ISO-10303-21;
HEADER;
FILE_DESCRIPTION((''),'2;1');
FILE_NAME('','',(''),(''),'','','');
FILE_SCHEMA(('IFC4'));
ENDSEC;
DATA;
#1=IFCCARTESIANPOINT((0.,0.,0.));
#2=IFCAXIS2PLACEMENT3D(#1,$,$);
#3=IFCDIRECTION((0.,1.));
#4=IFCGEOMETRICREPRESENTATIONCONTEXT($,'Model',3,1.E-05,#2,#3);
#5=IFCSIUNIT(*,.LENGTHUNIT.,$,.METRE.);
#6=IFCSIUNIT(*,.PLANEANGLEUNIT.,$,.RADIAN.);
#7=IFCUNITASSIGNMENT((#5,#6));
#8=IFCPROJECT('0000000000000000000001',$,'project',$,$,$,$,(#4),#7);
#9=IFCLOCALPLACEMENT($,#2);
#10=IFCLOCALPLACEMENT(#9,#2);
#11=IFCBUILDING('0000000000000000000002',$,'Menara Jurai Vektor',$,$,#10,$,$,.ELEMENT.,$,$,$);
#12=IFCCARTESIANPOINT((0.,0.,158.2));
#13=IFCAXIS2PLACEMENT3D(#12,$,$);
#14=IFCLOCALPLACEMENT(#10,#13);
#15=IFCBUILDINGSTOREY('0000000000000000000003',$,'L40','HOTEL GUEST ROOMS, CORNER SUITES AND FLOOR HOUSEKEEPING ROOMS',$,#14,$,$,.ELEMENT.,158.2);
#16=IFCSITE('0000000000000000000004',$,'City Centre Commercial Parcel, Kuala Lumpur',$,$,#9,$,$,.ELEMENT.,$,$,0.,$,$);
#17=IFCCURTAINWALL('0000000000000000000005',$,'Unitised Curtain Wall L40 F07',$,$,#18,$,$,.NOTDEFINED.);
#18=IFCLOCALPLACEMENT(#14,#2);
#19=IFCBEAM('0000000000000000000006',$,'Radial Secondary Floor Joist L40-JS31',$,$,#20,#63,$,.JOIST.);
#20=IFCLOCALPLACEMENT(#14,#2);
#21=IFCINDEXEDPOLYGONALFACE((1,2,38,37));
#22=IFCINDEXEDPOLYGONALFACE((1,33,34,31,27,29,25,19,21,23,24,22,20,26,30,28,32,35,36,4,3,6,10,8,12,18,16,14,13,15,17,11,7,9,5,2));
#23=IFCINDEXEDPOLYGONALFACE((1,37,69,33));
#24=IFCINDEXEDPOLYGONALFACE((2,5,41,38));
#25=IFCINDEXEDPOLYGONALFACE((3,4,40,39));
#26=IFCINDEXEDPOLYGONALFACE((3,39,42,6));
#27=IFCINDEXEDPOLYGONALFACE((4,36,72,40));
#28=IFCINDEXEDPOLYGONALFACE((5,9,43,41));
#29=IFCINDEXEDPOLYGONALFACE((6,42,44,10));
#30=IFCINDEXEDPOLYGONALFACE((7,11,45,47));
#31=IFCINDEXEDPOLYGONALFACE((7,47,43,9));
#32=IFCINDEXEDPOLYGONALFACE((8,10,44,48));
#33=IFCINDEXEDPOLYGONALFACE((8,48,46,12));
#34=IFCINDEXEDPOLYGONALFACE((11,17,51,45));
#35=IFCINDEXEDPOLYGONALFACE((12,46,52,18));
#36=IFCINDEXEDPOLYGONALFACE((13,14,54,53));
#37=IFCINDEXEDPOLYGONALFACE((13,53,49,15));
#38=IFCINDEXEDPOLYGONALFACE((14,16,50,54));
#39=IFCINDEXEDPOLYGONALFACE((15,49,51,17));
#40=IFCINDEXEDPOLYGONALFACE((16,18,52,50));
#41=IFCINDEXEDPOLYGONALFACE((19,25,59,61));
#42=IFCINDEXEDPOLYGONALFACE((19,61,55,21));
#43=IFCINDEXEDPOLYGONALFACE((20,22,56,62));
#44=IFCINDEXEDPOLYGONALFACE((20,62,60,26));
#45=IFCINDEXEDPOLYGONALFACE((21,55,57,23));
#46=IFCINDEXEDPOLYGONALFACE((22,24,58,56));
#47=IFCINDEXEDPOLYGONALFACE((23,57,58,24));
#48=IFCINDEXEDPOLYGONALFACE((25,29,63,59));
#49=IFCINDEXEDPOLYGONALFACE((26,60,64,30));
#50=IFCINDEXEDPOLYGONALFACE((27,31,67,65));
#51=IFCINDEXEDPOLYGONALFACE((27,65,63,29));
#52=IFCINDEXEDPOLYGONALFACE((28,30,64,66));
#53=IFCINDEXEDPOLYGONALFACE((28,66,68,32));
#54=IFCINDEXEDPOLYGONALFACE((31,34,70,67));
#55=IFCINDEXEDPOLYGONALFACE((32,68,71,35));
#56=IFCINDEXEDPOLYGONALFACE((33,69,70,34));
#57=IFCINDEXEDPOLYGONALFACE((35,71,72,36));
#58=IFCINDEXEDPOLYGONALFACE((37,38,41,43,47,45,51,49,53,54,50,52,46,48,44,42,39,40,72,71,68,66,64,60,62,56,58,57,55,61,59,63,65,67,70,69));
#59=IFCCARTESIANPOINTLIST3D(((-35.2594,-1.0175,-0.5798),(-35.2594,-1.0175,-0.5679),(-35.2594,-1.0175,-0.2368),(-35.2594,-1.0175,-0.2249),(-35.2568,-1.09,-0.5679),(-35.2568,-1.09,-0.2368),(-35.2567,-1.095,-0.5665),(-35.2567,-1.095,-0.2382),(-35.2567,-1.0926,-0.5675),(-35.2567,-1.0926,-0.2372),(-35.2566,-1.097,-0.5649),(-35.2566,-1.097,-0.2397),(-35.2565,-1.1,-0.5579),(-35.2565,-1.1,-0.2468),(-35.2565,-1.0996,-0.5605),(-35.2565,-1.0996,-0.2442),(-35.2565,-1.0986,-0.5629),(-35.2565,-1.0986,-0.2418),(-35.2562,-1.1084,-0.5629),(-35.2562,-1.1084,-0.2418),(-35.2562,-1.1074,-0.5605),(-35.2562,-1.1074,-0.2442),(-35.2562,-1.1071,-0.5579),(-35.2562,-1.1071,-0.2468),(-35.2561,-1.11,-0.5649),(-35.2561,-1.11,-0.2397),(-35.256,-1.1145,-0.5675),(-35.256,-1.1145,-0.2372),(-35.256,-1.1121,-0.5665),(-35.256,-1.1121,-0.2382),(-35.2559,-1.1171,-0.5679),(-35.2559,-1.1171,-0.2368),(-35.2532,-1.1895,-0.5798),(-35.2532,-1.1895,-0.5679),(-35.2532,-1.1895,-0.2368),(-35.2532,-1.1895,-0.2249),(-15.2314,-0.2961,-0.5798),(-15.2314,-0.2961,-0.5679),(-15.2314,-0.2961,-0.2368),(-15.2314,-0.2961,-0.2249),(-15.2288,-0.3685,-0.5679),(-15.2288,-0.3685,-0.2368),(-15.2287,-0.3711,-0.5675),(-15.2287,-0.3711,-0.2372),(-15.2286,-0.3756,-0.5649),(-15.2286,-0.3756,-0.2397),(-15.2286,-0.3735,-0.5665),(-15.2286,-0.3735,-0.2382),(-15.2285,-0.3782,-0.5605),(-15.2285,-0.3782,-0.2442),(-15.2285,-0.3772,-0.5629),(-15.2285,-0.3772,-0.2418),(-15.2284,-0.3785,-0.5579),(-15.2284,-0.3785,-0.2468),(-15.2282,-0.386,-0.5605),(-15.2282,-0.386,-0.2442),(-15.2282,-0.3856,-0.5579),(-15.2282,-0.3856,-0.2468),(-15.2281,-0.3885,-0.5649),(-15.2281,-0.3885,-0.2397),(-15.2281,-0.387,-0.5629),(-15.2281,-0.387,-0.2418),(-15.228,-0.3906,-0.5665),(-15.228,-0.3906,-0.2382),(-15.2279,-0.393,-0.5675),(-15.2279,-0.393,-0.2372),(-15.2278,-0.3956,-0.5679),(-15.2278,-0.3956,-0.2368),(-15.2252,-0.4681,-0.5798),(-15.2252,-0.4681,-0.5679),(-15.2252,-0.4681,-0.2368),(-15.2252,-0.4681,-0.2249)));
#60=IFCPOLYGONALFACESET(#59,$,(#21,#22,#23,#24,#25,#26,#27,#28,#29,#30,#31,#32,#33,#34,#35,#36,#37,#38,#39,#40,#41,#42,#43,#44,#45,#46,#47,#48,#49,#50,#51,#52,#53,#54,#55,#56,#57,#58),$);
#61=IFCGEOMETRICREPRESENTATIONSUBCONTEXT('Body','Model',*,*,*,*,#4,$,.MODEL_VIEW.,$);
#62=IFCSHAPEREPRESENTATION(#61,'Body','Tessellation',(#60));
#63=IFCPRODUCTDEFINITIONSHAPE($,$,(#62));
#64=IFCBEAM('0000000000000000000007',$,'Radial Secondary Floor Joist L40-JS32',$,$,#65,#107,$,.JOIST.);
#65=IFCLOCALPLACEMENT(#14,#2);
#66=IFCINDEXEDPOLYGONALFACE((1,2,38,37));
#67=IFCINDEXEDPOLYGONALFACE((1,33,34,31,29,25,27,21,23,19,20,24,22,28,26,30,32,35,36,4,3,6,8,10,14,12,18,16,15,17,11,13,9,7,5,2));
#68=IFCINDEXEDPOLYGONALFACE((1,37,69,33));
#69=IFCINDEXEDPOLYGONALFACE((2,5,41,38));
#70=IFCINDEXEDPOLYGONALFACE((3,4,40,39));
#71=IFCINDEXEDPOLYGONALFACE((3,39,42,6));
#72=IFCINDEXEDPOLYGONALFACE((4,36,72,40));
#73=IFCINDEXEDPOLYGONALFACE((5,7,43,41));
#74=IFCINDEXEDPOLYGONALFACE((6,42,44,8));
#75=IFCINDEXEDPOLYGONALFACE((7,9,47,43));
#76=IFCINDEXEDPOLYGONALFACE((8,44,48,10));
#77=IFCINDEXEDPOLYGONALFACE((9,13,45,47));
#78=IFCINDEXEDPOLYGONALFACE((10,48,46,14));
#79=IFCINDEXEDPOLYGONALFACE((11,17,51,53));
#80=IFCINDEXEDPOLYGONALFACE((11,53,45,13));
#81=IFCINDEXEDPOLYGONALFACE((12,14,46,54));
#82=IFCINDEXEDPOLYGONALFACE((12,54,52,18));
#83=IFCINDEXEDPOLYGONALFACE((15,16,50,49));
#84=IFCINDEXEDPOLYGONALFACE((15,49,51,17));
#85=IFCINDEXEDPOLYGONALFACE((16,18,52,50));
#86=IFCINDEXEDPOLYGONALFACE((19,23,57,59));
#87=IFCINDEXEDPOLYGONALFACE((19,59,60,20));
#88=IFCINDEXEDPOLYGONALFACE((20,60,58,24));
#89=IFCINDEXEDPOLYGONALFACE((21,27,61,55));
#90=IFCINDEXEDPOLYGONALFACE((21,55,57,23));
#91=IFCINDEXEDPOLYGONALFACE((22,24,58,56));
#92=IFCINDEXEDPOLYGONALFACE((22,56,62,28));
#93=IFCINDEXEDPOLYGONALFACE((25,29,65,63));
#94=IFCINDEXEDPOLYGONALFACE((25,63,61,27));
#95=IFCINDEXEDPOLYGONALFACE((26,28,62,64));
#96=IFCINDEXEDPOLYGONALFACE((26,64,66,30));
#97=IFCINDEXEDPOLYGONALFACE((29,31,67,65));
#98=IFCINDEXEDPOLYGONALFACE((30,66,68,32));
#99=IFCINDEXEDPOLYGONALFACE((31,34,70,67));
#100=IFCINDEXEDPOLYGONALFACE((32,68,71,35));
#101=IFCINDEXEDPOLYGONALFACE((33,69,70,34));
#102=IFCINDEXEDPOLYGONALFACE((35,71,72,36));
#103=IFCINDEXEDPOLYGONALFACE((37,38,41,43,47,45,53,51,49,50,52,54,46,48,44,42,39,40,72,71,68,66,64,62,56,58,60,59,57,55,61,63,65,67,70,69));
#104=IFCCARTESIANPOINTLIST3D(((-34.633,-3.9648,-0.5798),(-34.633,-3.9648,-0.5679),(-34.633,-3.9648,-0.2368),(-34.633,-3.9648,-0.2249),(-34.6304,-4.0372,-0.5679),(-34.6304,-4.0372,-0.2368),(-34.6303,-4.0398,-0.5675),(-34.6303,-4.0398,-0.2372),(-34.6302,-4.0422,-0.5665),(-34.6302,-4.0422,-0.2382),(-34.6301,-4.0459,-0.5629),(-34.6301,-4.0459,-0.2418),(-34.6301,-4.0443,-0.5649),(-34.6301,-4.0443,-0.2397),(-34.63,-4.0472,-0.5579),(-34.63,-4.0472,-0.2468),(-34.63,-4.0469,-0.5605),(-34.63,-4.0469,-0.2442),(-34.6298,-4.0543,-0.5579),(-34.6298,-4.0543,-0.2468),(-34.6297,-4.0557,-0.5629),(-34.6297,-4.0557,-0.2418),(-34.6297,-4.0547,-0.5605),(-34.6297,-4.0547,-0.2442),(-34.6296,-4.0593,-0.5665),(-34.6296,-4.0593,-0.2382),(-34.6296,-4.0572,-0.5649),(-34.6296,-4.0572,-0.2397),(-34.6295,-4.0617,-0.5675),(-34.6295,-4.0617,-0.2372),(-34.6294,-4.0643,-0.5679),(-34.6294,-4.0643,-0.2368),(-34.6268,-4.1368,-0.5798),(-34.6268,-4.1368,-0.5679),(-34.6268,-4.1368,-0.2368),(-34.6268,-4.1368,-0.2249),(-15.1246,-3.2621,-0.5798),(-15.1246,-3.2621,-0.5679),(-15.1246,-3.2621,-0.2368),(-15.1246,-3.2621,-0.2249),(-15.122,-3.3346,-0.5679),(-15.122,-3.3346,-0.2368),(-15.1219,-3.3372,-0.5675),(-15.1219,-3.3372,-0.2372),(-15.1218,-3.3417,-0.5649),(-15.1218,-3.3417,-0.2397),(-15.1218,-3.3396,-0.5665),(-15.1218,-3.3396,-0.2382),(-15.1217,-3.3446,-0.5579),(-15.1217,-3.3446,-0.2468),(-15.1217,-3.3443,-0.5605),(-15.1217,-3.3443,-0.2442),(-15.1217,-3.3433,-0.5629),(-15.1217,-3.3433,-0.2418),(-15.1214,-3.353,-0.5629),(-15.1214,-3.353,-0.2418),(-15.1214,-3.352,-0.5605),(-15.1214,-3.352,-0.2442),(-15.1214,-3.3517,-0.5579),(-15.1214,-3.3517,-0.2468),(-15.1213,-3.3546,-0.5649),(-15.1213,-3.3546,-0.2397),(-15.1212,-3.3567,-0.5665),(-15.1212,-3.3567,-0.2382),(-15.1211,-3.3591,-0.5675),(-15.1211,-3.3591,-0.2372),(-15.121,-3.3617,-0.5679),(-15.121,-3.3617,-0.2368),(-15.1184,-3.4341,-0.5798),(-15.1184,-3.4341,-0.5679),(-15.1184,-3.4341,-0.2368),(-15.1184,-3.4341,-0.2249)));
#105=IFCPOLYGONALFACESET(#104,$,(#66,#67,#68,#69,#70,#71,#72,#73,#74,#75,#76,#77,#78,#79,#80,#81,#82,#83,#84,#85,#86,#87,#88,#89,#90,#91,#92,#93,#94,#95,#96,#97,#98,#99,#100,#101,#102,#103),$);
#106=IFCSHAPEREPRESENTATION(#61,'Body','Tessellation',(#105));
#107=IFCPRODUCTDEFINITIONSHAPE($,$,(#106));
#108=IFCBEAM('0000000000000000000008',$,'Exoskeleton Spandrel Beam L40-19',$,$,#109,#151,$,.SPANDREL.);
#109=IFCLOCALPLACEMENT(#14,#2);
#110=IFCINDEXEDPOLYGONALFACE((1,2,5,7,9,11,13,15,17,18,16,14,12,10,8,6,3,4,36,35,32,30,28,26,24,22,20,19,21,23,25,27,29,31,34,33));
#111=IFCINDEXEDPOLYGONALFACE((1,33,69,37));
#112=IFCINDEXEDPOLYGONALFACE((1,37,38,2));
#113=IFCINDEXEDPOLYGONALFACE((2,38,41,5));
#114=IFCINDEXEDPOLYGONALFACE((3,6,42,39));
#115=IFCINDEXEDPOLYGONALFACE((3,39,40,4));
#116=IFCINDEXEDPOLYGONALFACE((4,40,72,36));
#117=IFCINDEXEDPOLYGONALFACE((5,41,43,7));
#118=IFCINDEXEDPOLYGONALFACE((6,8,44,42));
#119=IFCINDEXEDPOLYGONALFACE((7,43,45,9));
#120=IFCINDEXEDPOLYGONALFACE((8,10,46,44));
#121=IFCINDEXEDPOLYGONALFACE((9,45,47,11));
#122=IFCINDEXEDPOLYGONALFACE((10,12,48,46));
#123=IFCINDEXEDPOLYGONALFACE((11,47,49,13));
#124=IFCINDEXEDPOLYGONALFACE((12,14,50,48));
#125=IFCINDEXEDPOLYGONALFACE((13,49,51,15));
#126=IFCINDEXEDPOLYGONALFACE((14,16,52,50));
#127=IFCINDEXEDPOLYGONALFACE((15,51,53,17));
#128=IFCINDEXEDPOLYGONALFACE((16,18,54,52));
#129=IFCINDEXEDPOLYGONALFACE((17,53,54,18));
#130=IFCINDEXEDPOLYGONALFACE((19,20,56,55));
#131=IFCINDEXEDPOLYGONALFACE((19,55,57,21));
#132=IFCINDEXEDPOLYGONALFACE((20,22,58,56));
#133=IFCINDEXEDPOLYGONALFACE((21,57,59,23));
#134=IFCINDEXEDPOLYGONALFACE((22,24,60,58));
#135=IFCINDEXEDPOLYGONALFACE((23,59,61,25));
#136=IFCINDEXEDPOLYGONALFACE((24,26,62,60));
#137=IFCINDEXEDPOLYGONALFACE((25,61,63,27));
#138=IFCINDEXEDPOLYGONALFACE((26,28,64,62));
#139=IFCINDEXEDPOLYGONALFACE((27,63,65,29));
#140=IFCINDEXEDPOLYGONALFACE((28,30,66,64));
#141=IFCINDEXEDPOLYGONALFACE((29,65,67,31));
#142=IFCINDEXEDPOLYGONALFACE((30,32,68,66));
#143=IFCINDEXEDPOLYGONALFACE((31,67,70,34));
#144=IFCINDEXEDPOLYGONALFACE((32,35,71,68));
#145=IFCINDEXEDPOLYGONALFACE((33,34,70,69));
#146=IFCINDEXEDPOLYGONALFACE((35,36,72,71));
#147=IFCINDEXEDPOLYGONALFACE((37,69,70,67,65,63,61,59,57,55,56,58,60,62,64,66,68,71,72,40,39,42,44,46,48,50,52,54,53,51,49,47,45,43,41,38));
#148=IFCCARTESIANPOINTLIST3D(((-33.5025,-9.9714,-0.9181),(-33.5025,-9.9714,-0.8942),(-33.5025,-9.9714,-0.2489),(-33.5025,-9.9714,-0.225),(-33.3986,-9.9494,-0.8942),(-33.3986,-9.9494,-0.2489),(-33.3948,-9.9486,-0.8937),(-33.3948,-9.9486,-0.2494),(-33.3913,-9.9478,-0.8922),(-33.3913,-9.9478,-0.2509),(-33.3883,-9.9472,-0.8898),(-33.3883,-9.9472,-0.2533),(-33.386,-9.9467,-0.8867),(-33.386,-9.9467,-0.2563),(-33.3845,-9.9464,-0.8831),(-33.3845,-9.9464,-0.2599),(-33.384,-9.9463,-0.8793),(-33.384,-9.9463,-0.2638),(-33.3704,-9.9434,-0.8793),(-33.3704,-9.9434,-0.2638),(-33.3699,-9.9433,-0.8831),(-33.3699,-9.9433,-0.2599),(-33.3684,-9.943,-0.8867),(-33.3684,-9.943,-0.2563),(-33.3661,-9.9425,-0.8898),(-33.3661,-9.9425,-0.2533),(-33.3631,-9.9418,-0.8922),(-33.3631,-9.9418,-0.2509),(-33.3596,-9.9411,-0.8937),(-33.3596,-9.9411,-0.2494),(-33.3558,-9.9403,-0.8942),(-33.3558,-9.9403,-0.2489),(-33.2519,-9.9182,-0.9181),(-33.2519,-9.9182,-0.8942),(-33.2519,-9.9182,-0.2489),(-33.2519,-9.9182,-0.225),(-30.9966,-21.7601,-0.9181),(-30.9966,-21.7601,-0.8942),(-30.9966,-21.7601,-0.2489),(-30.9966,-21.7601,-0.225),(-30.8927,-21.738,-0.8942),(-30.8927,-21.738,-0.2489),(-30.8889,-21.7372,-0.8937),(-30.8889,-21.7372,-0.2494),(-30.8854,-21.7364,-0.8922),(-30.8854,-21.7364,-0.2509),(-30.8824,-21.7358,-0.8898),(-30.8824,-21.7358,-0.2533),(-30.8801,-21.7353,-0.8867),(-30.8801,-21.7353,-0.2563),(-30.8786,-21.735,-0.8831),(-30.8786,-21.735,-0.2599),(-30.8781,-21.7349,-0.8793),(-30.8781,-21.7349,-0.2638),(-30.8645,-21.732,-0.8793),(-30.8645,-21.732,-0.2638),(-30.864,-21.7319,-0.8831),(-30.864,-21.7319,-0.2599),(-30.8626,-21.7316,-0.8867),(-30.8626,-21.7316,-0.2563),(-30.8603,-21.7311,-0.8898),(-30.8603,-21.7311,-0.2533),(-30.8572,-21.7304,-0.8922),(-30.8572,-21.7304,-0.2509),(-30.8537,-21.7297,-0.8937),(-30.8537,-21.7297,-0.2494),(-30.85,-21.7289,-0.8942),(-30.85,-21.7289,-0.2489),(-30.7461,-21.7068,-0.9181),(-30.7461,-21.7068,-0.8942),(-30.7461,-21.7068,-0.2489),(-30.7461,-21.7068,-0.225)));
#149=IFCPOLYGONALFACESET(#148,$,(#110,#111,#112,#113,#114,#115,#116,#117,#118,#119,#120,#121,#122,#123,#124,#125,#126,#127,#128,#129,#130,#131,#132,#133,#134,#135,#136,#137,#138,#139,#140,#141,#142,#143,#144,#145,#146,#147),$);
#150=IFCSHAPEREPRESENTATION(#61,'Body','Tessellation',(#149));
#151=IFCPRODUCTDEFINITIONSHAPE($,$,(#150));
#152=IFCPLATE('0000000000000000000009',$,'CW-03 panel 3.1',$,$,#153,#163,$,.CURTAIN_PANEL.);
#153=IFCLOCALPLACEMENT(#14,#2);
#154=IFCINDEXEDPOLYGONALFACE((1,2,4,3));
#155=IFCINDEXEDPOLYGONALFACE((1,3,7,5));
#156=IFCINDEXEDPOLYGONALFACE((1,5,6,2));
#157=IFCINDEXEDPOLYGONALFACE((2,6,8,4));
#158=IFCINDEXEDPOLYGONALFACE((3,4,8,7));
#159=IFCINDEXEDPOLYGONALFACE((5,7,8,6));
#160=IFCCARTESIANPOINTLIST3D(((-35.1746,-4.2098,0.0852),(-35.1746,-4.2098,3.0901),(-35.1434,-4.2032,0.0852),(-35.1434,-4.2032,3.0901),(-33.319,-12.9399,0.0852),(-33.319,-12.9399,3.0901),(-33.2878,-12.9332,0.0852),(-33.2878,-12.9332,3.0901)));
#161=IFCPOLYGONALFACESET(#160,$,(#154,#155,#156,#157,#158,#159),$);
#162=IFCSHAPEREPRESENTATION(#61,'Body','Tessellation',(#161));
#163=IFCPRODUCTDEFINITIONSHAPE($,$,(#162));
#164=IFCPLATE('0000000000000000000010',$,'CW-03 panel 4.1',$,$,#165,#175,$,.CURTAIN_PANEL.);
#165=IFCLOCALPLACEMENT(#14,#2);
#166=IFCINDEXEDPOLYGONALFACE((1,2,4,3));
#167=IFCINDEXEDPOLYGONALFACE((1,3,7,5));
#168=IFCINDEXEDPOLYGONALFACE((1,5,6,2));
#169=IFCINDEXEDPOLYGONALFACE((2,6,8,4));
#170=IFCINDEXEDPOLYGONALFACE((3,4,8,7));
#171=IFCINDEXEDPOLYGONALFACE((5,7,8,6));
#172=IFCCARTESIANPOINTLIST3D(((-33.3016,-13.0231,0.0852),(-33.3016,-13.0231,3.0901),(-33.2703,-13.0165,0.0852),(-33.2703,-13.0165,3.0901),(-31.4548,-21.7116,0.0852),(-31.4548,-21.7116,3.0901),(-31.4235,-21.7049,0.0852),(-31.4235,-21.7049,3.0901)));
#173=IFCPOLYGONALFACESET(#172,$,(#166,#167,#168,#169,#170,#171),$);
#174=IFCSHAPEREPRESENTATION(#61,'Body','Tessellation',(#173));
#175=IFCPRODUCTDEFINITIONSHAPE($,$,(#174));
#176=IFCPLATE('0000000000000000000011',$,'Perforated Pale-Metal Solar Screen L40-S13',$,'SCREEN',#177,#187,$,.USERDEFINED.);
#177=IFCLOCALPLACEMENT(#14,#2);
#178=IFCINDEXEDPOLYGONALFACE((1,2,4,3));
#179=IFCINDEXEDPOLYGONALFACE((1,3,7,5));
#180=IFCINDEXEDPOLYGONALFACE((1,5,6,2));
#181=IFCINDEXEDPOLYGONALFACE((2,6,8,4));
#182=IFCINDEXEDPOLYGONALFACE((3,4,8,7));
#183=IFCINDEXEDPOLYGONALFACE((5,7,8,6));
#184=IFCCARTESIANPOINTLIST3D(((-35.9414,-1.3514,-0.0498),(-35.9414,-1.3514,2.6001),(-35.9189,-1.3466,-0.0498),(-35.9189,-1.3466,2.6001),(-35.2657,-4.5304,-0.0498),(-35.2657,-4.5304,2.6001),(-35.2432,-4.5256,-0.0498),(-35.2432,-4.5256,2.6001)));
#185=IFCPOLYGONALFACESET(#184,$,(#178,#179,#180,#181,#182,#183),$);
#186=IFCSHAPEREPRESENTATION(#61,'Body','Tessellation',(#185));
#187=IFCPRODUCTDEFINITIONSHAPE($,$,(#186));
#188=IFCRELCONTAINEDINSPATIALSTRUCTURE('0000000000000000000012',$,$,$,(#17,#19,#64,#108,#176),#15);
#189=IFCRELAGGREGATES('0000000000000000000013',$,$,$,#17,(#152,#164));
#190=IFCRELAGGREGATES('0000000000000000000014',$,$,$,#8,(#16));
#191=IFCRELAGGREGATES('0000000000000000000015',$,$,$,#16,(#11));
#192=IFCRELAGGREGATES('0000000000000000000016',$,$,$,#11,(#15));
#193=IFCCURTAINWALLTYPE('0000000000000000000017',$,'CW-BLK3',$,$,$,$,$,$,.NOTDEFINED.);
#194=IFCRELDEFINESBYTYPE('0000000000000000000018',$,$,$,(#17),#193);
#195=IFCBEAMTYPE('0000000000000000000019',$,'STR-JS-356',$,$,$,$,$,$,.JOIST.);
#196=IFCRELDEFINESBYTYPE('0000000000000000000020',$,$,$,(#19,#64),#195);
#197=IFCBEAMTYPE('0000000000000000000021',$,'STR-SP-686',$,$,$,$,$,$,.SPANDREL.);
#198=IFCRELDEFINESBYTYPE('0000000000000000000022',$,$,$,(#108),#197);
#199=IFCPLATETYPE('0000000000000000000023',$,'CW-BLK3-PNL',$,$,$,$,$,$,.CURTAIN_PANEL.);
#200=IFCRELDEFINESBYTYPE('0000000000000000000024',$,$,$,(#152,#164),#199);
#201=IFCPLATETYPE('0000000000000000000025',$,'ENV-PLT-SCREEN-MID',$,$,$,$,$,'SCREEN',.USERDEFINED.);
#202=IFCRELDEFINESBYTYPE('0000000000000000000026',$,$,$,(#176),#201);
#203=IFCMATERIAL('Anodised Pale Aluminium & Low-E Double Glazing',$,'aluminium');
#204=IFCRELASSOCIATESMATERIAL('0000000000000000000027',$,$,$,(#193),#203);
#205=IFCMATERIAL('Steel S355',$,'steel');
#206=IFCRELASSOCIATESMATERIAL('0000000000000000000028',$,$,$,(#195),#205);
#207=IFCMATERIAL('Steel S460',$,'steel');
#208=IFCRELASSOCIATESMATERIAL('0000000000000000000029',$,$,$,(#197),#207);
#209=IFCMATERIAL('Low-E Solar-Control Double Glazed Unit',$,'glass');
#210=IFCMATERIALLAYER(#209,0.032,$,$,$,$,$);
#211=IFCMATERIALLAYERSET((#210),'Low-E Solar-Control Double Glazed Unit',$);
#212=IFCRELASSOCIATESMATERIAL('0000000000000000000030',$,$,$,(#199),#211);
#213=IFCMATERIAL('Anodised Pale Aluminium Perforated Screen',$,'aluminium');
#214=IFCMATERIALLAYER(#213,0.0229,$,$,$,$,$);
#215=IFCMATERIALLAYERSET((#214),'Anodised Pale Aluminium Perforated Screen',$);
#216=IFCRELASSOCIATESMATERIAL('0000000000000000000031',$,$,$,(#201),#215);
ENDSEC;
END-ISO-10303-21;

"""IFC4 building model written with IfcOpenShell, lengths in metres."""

from ifc_helpers import new_model, si_unit, direction, frame, origin, origin_2d, place, context, subcontext, project, spatial, rectangle, i_section, extrude, material, layer, layer_set, material_profile, profile_set, type_object, element, aggregate, save


model = new_model("IFC4")

# Units and contexts
model_context = context("Model", 3, precision=1e-05, world=origin(), true_north=direction((0.0, 1.0)))
body_context = subcontext(model_context, "Body", "Model", "MODEL_VIEW")
ifc_project = project(units=[si_unit("LENGTHUNIT", "METRE"), si_unit("PLANEANGLEUNIT", "RADIAN")], contexts=[model_context])

# Site, building, storey
site_placement = place(None, origin())
site = spatial("IfcSite", under=ifc_project, at=site_placement, Name="City Centre Commercial Parcel, Kuala Lumpur", CompositionType="ELEMENT", RefElevation=0.0)
building_placement = place(site_placement, origin())
building = spatial("IfcBuilding", under=site, at=building_placement, Name="Menara Jurai Vektor", CompositionType="ELEMENT")
storey_placement = place(building_placement, frame((0.0, 0.0, 158.2)))
storey = spatial("IfcBuildingStorey", under=building, at=storey_placement, Name="L40", Description="HOTEL GUEST ROOMS, CORNER SUITES AND FLOOR HOUSEKEEPING ROOMS", CompositionType="ELEMENT", Elevation=158.2)

# Shared definitions
ifc_material_1 = material(Name="Steel S460", Category="steel")

# Curtain wall
ifc_material_2 = material(Name="Anodised Pale Aluminium & Low-E Double Glazing", Category="aluminium")
curtain_wall_type = type_object("IfcCurtainWallType", Name="CW-BLK3", PredefinedType="NOTDEFINED", material=ifc_material_2)
curtain_wall_placement = place(storey_placement, origin())
curtain_wall = element("IfcCurtainWall", 1, at=curtain_wall_placement, inside=storey, type_object=curtain_wall_type, Name="Unitised Curtain Wall L40 F07", PredefinedType="NOTDEFINED")

# Beams
ifc_material_3 = material(Name="Steel S355", Category="steel")
ifc_material_profile_1 = material_profile(ifc_material_3, i_section(OverallWidth=0.1721, OverallDepth=0.355, WebThickness=0.0071, FlangeThickness=0.012, FilletRadius=0.01, at=origin_2d()), Name="UKB 356x171x51")
ifc_profile_set_1 = profile_set([ifc_material_profile_1], Name="Steel S355")
beam_type_1 = type_object("IfcBeamType", Name="STR-JS-356", PredefinedType="JOIST", material=ifc_profile_set_1)
beam_1_placement = place(storey_placement, frame((-35.2563, -1.1035, -0.4023), z_axis=(0.999352, 0.035998, 0.0), x_axis=(-0.035998, 0.999352, 0.0)))
element("IfcBeam", 2, at=beam_1_placement, inside=storey, type_object=beam_type_1, Name="Radial Secondary Floor Joist L40-JS31", PredefinedType="JOIST", context=body_context, shape_type="SweptSolid", body=[
    extrude(i_section(OverallWidth=0.1721, OverallDepth=0.355, WebThickness=0.0071, FlangeThickness=0.012, FilletRadius=0.01, at=origin_2d()), origin(), (0.0, 0.0, 1.0), 20.041),
])
beam_2_placement = place(storey_placement, frame((-34.6299, -4.0508, -0.4023), z_axis=(0.999352, 0.035994, 0.0), x_axis=(-0.035994, 0.999352, 0.0)))
element("IfcBeam", 3, at=beam_2_placement, inside=storey, type_object=beam_type_1, Name="Radial Secondary Floor Joist L40-JS32", PredefinedType="JOIST", context=body_context, shape_type="SweptSolid", body=[
    extrude(i_section(OverallWidth=0.1721, OverallDepth=0.355, WebThickness=0.0071, FlangeThickness=0.012, FilletRadius=0.01, at=origin_2d()), origin(), (0.0, 0.0, 1.0), 19.521),
])
ifc_material_profile_2 = material_profile(ifc_material_1, i_section(OverallWidth=0.2561, OverallDepth=0.6931, WebThickness=0.0139, FlangeThickness=0.0239, FilletRadius=0.0149, at=origin_2d()), Name="UKB 686x254x170")
ifc_profile_set_2 = profile_set([ifc_material_profile_2], Name="Steel S460")
beam_type_2 = type_object("IfcBeamType", Name="STR-SP-686", PredefinedType="SPANDREL", material=ifc_profile_set_2)
beam_3_placement = place(storey_placement, frame((-33.3772, -9.9448, -0.5715), z_axis=(0.207921, -0.978146, 0.0), x_axis=(0.978146, 0.207921, 0.0)))
element("IfcBeam", 4, at=beam_3_placement, inside=storey, type_object=beam_type_2, Name="Exoskeleton Spandrel Beam L40-19", PredefinedType="SPANDREL", context=body_context, shape_type="SweptSolid", body=[
    extrude(i_section(OverallWidth=0.2561, OverallDepth=0.6931, WebThickness=0.0139, FlangeThickness=0.0239, FilletRadius=0.0149, at=origin_2d()), origin(), (0.0, 0.0, 1.0), 12.052),
])

# Plates
ifc_material_4 = material(Name="Low-E Solar-Control Double Glazed Unit", Category="glass")
ifc_layer_1 = layer(ifc_material_4, 0.032)
ifc_layer_set_1 = layer_set([ifc_layer_1], Name="Low-E Solar-Control Double Glazed Unit")
plate_type_1 = type_object("IfcPlateType", Name="CW-BLK3-PNL", PredefinedType="CURTAIN_PANEL", material=ifc_layer_set_1)
plate_1_placement = place(storey_placement, frame((-34.2312, -8.5715, 0.0852), z_axis=(0.0, 0.0, 1.0), x_axis=(0.20791, -0.978148, 0.0)))
plate_1 = element("IfcPlate", 5, at=plate_1_placement, type_object=plate_type_1, Name="CW-03 panel 3.1", PredefinedType="CURTAIN_PANEL", context=body_context, shape_type="SweptSolid", body=[
    extrude(rectangle(XDim=8.925, YDim=0.032, at=origin_2d()), origin(), (0.0, 0.0, 1.0), 3.0049),
])
plate_2_placement = place(storey_placement, frame((-32.3625, -17.364, 0.0852), z_axis=(0.0, 0.0, 1.0), x_axis=(0.20791, -0.978148, 0.0)))
plate_2 = element("IfcPlate", 6, at=plate_2_placement, type_object=plate_type_1, Name="CW-03 panel 4.1", PredefinedType="CURTAIN_PANEL", context=body_context, shape_type="SweptSolid", body=[
    extrude(rectangle(XDim=8.8826, YDim=0.032, at=origin_2d()), origin(), (0.0, 0.0, 1.0), 3.0049),
])
aggregate(curtain_wall, [plate_1, plate_2])

# Plate
ifc_material_5 = material(Name="Anodised Pale Aluminium Perforated Screen", Category="aluminium")
ifc_layer_2 = layer(ifc_material_5, 0.0229)
ifc_layer_set_2 = layer_set([ifc_layer_2], Name="Anodised Pale Aluminium Perforated Screen")
plate_type_2 = type_object("IfcPlateType", Name="ENV-PLT-SCREEN-MID", ElementType="SCREEN", PredefinedType="USERDEFINED", material=ifc_layer_set_2)
for number, where, z_axis, x_axis, name in (
    (7, (-35.5923, -2.9385, -0.0498), (0.0, 0.0, 1.0), (0.207912, -0.978148, 0.0), "Perforated Pale-Metal Solar Screen L40-S13"),
):
    element("IfcPlate", number, at=place(storey_placement, frame(where, z_axis=z_axis, x_axis=x_axis)), inside=storey, type_object=plate_type_2, Name=name, ObjectType="SCREEN", PredefinedType="USERDEFINED", context=body_context, shape_type="SweptSolid", body=[
        extrude(rectangle(XDim=3.25, YDim=0.0229, at=origin_2d()), origin(), (0.0, 0.0, 1.0), 2.6499),
    ])

save(model, "model.ifc")
